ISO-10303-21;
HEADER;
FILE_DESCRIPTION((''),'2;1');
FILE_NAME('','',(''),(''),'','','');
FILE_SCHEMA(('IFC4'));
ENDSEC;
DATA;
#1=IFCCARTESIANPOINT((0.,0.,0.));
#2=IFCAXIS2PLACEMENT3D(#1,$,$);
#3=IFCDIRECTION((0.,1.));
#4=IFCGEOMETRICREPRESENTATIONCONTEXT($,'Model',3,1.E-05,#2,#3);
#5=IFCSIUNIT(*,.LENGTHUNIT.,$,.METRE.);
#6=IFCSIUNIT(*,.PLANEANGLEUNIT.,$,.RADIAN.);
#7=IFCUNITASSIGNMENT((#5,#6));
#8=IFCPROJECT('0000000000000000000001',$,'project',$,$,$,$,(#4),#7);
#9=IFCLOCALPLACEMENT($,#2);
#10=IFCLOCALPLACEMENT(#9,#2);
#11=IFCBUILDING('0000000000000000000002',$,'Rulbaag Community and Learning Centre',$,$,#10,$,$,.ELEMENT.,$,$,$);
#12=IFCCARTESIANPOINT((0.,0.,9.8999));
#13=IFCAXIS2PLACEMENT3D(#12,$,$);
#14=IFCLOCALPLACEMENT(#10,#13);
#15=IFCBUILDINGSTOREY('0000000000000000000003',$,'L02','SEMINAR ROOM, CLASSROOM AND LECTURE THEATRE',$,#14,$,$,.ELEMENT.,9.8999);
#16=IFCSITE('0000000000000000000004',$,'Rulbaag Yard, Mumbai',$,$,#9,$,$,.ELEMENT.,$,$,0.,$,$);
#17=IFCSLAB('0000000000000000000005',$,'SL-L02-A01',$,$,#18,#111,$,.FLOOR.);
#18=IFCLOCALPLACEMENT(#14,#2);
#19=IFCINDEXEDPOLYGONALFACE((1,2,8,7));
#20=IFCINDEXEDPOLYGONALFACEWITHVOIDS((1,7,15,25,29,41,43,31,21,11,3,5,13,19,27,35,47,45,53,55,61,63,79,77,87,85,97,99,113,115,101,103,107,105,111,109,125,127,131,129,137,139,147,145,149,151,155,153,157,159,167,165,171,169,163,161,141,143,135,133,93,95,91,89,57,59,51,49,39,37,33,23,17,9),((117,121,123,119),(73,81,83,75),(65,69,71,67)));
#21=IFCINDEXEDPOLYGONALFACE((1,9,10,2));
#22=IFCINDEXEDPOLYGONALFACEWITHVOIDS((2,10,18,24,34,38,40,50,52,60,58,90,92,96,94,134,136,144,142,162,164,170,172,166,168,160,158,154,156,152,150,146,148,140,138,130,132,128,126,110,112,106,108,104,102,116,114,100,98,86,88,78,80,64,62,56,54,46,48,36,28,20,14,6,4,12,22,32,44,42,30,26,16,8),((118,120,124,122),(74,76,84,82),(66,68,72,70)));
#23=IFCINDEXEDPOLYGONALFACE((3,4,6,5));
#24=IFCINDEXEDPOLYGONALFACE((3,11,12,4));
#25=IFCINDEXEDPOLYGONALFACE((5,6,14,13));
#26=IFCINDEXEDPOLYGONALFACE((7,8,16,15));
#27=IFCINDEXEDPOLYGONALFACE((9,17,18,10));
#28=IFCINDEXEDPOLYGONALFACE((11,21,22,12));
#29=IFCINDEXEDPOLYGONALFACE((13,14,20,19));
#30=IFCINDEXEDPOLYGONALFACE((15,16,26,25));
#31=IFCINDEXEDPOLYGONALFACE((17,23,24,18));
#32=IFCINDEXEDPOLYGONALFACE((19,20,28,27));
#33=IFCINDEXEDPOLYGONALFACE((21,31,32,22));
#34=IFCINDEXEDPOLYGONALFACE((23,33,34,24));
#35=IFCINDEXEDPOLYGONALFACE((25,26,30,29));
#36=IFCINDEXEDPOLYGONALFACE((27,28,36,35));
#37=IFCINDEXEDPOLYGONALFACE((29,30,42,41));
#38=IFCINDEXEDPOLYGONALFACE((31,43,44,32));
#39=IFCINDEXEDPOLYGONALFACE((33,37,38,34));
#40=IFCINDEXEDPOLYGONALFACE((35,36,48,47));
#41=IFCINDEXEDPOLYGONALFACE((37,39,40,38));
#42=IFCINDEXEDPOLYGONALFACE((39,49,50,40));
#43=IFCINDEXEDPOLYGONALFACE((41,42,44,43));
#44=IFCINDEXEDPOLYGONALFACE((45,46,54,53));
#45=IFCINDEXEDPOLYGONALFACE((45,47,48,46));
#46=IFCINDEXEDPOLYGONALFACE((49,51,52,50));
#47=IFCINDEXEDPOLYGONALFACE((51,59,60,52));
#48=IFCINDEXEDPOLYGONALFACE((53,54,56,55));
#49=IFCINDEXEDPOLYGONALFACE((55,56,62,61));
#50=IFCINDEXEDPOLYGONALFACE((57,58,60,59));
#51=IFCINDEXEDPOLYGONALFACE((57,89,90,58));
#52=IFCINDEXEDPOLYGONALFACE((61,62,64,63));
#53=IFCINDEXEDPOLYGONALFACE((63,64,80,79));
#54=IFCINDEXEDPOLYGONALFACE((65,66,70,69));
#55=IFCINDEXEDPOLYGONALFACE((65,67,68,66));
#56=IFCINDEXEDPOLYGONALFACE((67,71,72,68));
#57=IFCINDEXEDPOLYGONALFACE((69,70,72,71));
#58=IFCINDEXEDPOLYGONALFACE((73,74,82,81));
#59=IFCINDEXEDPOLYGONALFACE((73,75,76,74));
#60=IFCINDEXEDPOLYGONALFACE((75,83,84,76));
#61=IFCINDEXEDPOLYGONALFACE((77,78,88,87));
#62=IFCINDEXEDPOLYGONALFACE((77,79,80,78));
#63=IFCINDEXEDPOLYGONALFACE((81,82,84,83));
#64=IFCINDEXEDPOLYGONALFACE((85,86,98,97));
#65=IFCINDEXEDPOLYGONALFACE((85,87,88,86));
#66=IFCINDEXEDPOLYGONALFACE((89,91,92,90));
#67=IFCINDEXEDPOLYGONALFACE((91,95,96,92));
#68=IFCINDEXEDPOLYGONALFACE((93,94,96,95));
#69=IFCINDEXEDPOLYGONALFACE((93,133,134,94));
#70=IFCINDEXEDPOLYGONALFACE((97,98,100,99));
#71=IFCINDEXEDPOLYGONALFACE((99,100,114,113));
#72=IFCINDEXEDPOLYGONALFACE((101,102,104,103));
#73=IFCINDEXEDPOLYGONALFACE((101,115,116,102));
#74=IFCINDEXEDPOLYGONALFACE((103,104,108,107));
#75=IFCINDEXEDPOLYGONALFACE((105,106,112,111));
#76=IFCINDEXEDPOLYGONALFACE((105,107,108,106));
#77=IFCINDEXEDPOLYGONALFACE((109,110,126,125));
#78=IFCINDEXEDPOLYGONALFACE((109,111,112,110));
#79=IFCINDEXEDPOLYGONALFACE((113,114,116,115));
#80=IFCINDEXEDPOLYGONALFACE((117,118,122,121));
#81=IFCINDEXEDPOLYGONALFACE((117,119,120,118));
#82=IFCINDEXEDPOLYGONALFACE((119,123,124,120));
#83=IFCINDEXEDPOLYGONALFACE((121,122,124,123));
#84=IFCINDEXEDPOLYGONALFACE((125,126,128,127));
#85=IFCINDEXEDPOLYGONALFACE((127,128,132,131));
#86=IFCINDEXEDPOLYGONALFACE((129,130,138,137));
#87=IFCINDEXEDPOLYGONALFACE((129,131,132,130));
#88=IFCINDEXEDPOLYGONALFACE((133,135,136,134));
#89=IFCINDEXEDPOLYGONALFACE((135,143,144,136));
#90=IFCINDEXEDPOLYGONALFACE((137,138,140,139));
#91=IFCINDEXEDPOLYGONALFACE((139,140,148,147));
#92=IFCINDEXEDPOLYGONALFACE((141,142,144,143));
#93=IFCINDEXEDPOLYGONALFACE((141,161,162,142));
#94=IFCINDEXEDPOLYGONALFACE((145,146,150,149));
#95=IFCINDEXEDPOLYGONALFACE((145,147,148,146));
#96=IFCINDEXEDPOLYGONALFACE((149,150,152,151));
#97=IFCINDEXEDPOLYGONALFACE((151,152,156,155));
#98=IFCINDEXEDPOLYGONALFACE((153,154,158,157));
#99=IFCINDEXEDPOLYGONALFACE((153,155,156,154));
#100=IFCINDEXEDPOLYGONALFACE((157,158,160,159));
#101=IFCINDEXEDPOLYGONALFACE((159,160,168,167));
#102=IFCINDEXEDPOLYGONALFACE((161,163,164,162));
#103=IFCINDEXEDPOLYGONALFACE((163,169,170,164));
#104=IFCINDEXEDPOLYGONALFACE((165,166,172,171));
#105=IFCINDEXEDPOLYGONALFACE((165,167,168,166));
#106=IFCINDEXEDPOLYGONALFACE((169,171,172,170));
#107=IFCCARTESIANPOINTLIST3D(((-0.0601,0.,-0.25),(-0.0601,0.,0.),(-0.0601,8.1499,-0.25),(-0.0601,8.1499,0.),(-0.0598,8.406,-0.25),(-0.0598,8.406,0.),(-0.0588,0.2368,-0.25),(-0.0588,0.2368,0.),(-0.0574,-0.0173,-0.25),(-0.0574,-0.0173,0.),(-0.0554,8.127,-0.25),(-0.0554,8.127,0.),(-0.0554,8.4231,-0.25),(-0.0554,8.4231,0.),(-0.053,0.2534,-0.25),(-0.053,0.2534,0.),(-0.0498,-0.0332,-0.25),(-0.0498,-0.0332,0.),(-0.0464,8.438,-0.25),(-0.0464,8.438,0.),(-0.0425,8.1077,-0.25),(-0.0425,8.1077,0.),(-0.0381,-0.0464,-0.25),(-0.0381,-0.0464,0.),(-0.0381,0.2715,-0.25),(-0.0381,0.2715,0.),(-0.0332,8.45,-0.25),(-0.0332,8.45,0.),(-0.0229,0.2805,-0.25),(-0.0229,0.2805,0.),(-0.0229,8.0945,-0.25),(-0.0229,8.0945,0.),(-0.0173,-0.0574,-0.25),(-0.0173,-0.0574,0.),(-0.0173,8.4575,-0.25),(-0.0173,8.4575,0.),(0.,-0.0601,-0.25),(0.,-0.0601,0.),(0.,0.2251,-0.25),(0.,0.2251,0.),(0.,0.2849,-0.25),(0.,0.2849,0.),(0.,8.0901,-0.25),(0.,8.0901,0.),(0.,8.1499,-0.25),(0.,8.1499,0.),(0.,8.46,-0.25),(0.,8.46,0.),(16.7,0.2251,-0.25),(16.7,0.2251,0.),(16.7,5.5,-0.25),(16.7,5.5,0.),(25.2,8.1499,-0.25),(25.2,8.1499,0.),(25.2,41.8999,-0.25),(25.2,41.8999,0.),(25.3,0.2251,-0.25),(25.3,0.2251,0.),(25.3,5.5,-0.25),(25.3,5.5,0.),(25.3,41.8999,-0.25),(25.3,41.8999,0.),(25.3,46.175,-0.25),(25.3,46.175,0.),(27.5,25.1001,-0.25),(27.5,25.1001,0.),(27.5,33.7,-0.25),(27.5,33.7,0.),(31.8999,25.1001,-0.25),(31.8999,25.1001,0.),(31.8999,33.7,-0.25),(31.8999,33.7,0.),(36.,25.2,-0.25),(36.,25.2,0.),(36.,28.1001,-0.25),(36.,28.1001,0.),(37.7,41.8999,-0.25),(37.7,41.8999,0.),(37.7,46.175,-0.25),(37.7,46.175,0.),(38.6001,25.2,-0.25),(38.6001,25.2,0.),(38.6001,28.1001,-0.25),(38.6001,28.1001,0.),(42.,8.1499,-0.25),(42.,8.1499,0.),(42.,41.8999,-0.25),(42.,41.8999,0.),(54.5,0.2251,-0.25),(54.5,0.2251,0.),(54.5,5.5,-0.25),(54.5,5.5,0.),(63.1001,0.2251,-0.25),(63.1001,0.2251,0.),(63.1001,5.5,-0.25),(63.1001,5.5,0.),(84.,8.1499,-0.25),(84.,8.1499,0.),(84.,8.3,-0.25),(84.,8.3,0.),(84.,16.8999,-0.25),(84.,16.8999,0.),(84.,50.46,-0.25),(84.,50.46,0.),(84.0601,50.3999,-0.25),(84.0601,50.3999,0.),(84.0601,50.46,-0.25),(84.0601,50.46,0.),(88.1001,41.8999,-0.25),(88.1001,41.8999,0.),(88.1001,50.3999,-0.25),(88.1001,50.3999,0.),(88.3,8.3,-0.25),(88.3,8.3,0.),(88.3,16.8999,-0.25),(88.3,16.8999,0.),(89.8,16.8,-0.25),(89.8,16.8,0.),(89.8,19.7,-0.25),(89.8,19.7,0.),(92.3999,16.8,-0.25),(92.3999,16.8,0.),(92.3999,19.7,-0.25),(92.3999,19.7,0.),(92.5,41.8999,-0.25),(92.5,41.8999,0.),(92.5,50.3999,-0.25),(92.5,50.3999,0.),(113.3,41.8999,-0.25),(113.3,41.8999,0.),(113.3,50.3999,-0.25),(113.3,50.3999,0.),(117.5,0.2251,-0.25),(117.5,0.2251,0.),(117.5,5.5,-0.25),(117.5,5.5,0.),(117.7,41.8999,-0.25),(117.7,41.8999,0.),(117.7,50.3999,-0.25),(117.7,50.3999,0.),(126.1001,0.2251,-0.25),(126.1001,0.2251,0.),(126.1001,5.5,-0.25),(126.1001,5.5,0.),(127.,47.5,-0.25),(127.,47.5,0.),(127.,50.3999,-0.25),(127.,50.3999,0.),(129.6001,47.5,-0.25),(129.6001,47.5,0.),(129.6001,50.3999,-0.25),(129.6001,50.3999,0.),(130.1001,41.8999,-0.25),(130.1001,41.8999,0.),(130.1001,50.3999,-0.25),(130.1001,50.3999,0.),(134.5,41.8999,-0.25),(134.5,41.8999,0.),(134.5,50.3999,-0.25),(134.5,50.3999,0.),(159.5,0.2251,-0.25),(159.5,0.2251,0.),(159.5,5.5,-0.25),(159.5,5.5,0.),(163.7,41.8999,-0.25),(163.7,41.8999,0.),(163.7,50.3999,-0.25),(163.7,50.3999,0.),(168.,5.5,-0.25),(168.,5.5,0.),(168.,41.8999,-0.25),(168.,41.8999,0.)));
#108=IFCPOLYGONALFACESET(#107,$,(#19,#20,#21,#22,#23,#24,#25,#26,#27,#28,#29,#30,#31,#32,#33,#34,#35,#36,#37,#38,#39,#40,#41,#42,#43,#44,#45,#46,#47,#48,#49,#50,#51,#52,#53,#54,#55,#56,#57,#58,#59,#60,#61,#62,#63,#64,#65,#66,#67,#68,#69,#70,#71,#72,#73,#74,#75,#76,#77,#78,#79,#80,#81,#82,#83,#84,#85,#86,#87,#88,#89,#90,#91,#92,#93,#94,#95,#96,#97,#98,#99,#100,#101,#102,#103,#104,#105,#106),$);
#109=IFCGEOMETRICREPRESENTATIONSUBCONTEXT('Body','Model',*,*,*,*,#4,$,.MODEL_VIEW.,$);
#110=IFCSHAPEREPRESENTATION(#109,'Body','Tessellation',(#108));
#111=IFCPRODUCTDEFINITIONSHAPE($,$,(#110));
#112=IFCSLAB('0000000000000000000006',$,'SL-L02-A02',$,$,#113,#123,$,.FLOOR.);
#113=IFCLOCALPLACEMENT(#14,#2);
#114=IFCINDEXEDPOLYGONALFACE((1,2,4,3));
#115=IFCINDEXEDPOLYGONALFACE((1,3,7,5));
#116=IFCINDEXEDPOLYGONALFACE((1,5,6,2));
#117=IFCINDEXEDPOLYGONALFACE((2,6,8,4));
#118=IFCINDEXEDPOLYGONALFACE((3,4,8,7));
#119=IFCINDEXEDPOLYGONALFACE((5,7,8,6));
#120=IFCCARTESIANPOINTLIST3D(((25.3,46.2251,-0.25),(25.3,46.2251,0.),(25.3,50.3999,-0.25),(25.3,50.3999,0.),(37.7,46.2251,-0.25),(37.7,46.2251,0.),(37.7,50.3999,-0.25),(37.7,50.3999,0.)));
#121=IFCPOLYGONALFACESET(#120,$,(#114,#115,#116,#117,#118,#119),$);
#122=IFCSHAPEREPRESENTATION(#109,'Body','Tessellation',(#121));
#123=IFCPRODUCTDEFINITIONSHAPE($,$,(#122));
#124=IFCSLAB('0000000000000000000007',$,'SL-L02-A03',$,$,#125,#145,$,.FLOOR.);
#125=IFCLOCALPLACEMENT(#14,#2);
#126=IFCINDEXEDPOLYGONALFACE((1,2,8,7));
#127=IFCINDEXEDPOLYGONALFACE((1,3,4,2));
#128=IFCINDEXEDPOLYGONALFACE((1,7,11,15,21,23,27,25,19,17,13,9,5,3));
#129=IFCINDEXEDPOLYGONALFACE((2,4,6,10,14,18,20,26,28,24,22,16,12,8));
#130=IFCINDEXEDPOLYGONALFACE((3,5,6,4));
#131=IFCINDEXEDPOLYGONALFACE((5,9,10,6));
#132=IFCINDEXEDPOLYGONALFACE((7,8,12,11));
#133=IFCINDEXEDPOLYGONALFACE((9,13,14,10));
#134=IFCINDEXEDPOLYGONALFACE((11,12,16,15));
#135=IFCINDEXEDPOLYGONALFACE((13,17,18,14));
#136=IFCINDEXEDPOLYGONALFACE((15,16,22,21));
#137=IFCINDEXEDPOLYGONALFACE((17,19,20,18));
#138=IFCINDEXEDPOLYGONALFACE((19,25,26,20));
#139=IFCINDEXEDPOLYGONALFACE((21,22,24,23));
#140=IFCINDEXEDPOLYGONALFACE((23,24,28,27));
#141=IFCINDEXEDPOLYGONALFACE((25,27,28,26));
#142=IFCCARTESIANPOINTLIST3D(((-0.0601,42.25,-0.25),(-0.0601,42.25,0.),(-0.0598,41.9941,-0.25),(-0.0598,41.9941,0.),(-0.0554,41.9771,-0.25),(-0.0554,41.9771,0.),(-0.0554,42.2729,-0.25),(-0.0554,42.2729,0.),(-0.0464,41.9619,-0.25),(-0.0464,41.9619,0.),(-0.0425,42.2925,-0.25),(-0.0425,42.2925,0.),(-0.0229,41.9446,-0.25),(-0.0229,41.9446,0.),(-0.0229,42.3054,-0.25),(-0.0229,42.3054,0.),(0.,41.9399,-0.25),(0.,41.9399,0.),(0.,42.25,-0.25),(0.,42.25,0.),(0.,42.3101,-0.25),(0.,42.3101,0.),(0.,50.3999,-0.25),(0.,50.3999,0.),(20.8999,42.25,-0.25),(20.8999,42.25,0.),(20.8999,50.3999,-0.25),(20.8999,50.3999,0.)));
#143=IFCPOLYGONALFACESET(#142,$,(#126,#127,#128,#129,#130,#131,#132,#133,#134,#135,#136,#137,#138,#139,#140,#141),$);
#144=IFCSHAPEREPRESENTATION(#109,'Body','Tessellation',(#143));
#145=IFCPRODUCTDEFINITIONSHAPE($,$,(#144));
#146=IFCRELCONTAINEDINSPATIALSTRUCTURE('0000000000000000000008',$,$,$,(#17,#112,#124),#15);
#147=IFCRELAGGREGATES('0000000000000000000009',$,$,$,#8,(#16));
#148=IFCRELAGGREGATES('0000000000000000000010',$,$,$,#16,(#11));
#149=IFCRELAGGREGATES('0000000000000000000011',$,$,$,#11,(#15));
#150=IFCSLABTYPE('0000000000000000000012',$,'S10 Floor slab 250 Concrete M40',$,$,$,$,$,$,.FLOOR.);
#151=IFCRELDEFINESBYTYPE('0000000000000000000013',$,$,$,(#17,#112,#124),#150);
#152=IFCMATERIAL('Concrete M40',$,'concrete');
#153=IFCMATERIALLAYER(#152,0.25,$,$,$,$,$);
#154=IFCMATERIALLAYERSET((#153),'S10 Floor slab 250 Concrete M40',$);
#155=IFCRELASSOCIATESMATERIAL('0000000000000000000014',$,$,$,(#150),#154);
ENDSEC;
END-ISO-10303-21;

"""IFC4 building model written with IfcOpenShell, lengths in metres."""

from ifc_helpers import new_model, si_unit, direction, frame, origin, place, context, subcontext, project, spatial, polyline, outline, extrude, material, layer, layer_set, type_object, element, save


model = new_model("IFC4")

# Units and contexts
model_context = context("Model", 3, precision=1e-05, world=origin(), true_north=direction((0.0, 1.0)))
body_context = subcontext(model_context, "Body", "Model", "MODEL_VIEW")
ifc_project = project(units=[si_unit("LENGTHUNIT", "METRE"), si_unit("PLANEANGLEUNIT", "RADIAN")], contexts=[model_context])

# Site, building, storey
site_placement = place(None, origin())
site = spatial("IfcSite", under=ifc_project, at=site_placement, Name="Rulbaag Yard, Mumbai", CompositionType="ELEMENT", RefElevation=0.0)
building_placement = place(site_placement, origin())
building = spatial("IfcBuilding", under=site, at=building_placement, Name="Rulbaag Community and Learning Centre", CompositionType="ELEMENT")
storey_placement = place(building_placement, frame((0.0, 0.0, 9.8999)))
storey = spatial("IfcBuildingStorey", under=building, at=storey_placement, Name="L02", Description="SEMINAR ROOM, CLASSROOM AND LECTURE THEATRE", CompositionType="ELEMENT", Elevation=9.8999)

# Slabs
ifc_material = material(Name="Concrete M40", Category="concrete")
ifc_layer = layer(ifc_material, 0.25)
ifc_layer_set = layer_set([ifc_layer], Name="S10 Floor slab 250 Concrete M40")
slab_type = type_object("IfcSlabType", Name="S10 Floor slab 250 Concrete M40", PredefinedType="FLOOR", material=ifc_layer_set)
slab_1_placement = place(storey_placement, frame((0.0, 0.0, -0.25)))
element("IfcSlab", 1, at=slab_1_placement, inside=storey, type_object=slab_type, Name="SL-L02-A01", PredefinedType="FLOOR", context=body_context, shape_type="SweptSolid", body=[
    extrude(outline(polyline([(25.2, 8.1499), (25.2, 41.8999), (25.3, 41.8999), (25.3, 46.175), (37.7, 46.175), (37.7, 41.8999), (42.0, 41.8999), (42.0, 8.1499), (84.0, 8.1499), (84.0, 8.3), (88.3, 8.3), (88.3, 16.8999), (84.0, 16.8999), (84.0, 50.46), (84.0601, 50.46), (84.0601, 50.3999), (88.1001, 50.3999), (88.1001, 41.8999), (92.5, 41.8999), (92.5, 50.3999), (113.3, 50.3999), (113.3, 41.8999), (117.7, 41.8999), (117.7, 50.3999), (127.0, 50.3999), (127.0, 47.5), (129.6001, 47.5), (129.6001, 50.3999), (130.1001, 50.3999), (130.1001, 41.8999), (134.5, 41.8999), (134.5, 50.3999), (163.7, 50.3999), (163.7, 41.8999), (168.0, 41.8999), (168.0, 5.5), (159.5, 5.5), (159.5, 0.2251), (126.1001, 0.2251), (126.1001, 5.5), (117.5, 5.5), (117.5, 0.2251), (63.1001, 0.2251), (63.1001, 5.5), (54.5, 5.5), (54.5, 0.2251), (25.3, 0.2251), (25.3, 5.5), (16.7, 5.5), (16.7, 0.2251), (0.0, 0.2251), (0.0, -0.0601), (-0.0173, -0.0574), (-0.0381, -0.0464), (-0.0498, -0.0332), (-0.0574, -0.0173), (-0.0601, 0.0), (-0.0588, 0.2368), (-0.053, 0.2534), (-0.0381, 0.2715), (-0.0229, 0.2805), (0.0, 0.2849), (0.0, 8.0901), (-0.0229, 8.0945), (-0.0425, 8.1077), (-0.0554, 8.127), (-0.0601, 8.1499), (-0.0598, 8.406), (-0.0554, 8.4231), (-0.0464, 8.438), (-0.0332, 8.45), (-0.0173, 8.4575), (0.0, 8.46), (0.0, 8.1499), (25.2, 8.1499)]), holes=[polyline([(89.8, 16.8), (92.3999, 16.8), (92.3999, 19.7), (89.8, 19.7), (89.8, 16.8)]), polyline([(36.0, 25.2), (38.6001, 25.2), (38.6001, 28.1001), (36.0, 28.1001), (36.0, 25.2)]), polyline([(27.5, 33.7), (27.5, 25.1001), (31.8999, 25.1001), (31.8999, 33.7), (27.5, 33.7)])]), origin(), (0.0, 0.0, 1.0), 0.25),
])
slab_2_placement = place(storey_placement, frame((0.0, 0.0, -0.25)))
element("IfcSlab", 2, at=slab_2_placement, inside=storey, type_object=slab_type, Name="SL-L02-A02", PredefinedType="FLOOR", context=body_context, shape_type="SweptSolid", body=[
    extrude(outline(polyline([(25.3, 46.2251), (25.3, 50.3999), (37.7, 50.3999), (37.7, 46.2251), (25.3, 46.2251)])), origin(), (0.0, 0.0, 1.0), 0.25),
])
slab_3_placement = place(storey_placement, frame((0.0, 0.0, -0.25)))
element("IfcSlab", 3, at=slab_3_placement, inside=storey, type_object=slab_type, Name="SL-L02-A03", PredefinedType="FLOOR", context=body_context, shape_type="SweptSolid", body=[
    extrude(outline(polyline([(20.8999, 50.3999), (20.8999, 42.25), (0.0, 42.25), (0.0, 41.9399), (-0.0229, 41.9446), (-0.0464, 41.9619), (-0.0554, 41.9771), (-0.0598, 41.9941), (-0.0601, 42.25), (-0.0554, 42.2729), (-0.0425, 42.2925), (-0.0229, 42.3054), (0.0, 42.3101), (0.0, 50.3999), (20.8999, 50.3999)])), origin(), (0.0, 0.0, 1.0), 0.25),
])

save(model, "model.ifc")
